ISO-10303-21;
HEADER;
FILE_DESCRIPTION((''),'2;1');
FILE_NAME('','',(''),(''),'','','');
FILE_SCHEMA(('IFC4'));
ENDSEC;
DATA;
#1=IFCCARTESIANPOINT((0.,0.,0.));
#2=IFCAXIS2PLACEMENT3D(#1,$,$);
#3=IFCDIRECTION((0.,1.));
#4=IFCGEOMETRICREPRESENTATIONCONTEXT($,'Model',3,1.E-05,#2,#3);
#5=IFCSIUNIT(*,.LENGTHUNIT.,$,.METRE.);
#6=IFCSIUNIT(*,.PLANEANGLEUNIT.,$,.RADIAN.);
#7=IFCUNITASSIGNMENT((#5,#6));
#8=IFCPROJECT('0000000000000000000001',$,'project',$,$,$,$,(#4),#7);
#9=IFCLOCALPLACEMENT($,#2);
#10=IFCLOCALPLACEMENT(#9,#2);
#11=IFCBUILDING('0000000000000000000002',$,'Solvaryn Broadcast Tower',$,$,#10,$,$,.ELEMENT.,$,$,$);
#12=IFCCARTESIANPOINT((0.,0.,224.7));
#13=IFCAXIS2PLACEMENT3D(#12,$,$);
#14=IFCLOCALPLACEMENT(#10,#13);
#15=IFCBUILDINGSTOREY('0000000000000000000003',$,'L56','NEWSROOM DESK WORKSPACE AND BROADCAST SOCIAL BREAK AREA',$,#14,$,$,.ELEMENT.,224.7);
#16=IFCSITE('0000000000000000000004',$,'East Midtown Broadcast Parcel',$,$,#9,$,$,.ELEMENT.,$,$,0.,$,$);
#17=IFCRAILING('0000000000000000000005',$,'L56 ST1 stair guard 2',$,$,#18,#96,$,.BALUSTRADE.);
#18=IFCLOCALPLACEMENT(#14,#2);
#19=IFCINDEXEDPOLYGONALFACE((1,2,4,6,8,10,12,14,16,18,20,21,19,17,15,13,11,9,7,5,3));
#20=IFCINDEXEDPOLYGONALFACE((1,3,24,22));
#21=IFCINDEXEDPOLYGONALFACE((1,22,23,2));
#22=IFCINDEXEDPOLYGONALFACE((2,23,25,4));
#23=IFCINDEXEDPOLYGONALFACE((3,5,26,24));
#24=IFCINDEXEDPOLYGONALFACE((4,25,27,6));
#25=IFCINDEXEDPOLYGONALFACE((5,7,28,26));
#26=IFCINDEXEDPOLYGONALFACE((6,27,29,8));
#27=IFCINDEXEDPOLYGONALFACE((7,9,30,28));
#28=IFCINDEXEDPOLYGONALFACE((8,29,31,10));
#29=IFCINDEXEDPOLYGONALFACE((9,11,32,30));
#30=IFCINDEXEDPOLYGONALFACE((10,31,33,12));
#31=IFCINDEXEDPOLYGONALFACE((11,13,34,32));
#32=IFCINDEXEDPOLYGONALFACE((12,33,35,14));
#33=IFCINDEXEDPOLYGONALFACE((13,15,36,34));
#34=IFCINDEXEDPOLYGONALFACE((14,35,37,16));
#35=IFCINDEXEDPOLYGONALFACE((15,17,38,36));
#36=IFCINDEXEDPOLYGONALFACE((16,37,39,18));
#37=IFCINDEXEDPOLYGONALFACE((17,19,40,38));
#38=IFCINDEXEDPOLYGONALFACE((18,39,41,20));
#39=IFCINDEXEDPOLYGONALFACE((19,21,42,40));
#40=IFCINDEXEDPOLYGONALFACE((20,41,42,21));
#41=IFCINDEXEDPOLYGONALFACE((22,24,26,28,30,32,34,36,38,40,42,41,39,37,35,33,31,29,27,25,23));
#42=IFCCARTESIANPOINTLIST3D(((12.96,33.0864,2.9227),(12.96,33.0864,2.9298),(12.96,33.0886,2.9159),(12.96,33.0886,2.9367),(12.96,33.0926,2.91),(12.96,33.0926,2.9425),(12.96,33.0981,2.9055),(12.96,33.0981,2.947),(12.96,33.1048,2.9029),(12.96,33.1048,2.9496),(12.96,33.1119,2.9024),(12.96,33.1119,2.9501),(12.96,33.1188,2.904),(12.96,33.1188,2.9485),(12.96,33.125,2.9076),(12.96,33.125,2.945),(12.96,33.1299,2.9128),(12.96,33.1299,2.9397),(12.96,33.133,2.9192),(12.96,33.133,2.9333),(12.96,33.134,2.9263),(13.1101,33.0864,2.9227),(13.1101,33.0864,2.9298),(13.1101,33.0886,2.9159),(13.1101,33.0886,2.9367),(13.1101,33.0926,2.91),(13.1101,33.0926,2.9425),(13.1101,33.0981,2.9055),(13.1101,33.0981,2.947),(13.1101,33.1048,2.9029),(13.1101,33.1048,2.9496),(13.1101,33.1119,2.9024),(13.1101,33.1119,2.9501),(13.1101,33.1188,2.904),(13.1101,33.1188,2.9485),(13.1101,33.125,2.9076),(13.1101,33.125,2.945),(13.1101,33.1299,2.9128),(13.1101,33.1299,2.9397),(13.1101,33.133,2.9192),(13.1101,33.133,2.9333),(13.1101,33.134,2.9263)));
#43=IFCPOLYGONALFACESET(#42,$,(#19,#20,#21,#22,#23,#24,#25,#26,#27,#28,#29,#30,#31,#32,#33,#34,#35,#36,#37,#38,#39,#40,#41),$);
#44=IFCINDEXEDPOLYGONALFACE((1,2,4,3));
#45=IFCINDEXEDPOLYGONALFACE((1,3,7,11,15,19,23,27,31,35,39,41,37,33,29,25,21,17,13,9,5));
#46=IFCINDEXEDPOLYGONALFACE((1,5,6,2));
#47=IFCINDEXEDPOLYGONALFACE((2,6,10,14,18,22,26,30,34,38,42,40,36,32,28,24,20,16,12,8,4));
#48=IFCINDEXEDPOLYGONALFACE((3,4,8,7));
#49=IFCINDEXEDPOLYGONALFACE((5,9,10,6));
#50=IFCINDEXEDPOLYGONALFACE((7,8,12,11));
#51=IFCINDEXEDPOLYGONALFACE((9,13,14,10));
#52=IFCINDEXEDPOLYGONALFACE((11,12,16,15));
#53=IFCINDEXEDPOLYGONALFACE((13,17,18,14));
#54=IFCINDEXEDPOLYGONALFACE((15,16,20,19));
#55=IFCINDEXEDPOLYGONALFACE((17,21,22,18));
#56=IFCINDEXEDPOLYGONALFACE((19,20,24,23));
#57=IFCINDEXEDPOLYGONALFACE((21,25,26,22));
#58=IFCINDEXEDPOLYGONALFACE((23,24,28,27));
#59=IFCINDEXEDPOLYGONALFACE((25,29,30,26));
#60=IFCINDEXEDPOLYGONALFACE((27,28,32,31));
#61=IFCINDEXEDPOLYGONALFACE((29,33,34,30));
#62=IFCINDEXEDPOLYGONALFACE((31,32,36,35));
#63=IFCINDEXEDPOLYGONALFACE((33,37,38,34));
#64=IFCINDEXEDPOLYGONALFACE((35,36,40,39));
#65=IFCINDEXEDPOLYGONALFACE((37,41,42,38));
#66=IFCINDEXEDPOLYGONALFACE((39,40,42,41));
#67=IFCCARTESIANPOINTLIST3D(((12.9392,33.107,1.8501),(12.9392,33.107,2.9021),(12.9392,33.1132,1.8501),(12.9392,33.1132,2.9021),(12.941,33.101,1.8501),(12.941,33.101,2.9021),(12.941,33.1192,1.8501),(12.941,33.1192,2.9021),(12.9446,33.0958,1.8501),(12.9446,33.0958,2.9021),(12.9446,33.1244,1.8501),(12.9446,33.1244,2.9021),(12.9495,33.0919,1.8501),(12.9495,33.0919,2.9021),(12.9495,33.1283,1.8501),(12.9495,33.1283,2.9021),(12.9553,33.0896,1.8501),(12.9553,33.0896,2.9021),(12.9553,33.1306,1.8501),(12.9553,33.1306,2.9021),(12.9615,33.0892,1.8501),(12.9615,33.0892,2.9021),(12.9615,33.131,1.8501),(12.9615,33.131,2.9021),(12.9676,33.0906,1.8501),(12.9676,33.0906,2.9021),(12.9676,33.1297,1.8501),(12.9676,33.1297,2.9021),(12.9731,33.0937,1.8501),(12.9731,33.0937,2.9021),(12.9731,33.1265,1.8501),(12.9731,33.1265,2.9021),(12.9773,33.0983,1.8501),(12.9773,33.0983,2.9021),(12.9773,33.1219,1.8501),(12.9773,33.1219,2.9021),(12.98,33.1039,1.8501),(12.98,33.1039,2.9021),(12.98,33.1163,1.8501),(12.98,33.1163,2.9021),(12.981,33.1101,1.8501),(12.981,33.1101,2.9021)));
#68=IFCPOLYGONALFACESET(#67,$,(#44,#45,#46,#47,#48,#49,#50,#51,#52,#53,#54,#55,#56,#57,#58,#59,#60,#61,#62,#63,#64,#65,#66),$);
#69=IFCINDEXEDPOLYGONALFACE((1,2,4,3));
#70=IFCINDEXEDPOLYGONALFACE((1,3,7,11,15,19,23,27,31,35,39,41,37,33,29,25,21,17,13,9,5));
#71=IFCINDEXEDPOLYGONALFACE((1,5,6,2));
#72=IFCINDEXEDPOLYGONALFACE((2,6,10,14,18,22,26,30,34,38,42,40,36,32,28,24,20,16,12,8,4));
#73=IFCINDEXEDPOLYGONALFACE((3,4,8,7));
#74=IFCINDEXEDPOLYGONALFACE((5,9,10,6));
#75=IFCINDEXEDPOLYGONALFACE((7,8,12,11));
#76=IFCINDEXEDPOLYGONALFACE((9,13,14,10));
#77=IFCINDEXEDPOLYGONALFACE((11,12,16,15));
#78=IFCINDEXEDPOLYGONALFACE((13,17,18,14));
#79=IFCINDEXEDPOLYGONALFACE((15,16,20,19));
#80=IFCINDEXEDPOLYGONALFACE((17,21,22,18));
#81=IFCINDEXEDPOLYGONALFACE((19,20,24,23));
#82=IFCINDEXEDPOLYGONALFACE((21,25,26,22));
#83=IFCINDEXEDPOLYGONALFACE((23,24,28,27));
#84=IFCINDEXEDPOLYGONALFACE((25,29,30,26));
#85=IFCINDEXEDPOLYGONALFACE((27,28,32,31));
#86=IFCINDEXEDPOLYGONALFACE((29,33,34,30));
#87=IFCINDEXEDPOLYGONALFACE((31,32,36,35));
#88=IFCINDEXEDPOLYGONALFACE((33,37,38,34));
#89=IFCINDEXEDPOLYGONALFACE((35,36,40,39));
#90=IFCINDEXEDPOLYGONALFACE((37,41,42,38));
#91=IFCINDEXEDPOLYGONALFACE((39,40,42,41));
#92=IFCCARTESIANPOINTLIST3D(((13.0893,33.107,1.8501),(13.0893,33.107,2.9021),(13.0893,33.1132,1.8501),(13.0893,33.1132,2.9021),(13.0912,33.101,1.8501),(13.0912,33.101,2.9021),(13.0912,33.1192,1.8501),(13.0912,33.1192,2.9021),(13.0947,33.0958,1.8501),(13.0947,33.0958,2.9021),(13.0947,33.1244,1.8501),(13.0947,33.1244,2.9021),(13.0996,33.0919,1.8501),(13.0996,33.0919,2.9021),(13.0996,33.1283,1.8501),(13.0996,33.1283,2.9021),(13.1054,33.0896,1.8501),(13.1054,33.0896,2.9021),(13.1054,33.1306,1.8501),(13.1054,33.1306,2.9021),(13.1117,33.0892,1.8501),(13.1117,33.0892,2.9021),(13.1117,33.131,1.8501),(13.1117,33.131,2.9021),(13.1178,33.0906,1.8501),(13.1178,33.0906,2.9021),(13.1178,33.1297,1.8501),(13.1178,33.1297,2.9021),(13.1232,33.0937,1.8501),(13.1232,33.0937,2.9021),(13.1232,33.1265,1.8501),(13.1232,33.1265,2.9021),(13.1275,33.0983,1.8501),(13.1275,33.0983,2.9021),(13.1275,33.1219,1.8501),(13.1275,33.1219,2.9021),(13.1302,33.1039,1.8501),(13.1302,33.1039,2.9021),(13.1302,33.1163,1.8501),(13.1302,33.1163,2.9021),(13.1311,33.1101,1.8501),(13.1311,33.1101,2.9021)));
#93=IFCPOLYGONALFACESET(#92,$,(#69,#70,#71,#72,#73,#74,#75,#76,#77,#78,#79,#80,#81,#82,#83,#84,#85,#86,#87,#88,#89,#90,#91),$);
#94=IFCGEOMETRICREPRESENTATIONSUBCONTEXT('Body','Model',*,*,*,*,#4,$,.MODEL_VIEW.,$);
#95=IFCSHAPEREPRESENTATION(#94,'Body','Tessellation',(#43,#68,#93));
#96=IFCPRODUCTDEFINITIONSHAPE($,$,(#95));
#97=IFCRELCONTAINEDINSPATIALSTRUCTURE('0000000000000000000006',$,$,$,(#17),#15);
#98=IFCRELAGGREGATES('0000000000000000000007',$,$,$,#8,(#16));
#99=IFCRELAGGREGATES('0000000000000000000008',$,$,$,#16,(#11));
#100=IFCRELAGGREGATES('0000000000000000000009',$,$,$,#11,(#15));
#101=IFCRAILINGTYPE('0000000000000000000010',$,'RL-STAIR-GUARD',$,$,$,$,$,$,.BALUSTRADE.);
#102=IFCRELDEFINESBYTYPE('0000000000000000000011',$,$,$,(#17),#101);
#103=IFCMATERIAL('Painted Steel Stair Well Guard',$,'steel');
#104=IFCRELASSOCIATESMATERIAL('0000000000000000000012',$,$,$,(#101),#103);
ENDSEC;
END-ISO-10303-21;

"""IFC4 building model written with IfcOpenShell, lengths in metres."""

from ifc_helpers import new_model, si_unit, direction, frame, origin, origin_2d, place, context, subcontext, project, spatial, circle, extrude, material, type_object, element, save


model = new_model("IFC4")

# Units and contexts
model_context = context("Model", 3, precision=1e-05, world=origin(), true_north=direction((0.0, 1.0)))
body_context = subcontext(model_context, "Body", "Model", "MODEL_VIEW")
ifc_project = project(units=[si_unit("LENGTHUNIT", "METRE"), si_unit("PLANEANGLEUNIT", "RADIAN")], contexts=[model_context])

# Site, building, storey
site_placement = place(None, origin())
site = spatial("IfcSite", under=ifc_project, at=site_placement, Name="East Midtown Broadcast Parcel", CompositionType="ELEMENT", RefElevation=0.0)
building_placement = place(site_placement, origin())
building = spatial("IfcBuilding", under=site, at=building_placement, Name="Solvaryn Broadcast Tower", CompositionType="ELEMENT")
storey_placement = place(building_placement, frame((0.0, 0.0, 224.7)))
storey = spatial("IfcBuildingStorey", under=building, at=storey_placement, Name="L56", Description="NEWSROOM DESK WORKSPACE AND BROADCAST SOCIAL BREAK AREA", CompositionType="ELEMENT", Elevation=224.7)

# Railing
ifc_material_1 = material(Name="Painted Steel Stair Well Guard", Category="steel")
railing_type_1 = type_object("IfcRailingType", Name="RL-STAIR-GUARD", PredefinedType="BALUSTRADE", material=ifc_material_1)
railing_1_placement = place(storey_placement, frame((12.96, 33.1101, 1.8501)))
element("IfcRailing", 1, at=railing_1_placement, inside=storey, type_object=railing_type_1, Name="L56 ST1 stair guard 2", PredefinedType="BALUSTRADE", context=body_context, shape_type="SweptSolid", body=[
    extrude(circle(Radius=0.0239, at=origin_2d()), frame((0.0, 0.0, 1.0762), z_axis=(1.0, 0.0, 0.0), x_axis=(0.0, 1.0, 0.0)), (0.0, 0.0, 1.0), 0.1501),
    extrude(circle(Radius=0.021, at=origin_2d()), origin(), (0.0, 0.0, 1.0), 1.052),
    extrude(circle(Radius=0.021, at=origin_2d()), frame((0.1501, 0.0, 0.0)), (0.0, 0.0, 1.0), 1.052),
])

save(model, "model.ifc")
